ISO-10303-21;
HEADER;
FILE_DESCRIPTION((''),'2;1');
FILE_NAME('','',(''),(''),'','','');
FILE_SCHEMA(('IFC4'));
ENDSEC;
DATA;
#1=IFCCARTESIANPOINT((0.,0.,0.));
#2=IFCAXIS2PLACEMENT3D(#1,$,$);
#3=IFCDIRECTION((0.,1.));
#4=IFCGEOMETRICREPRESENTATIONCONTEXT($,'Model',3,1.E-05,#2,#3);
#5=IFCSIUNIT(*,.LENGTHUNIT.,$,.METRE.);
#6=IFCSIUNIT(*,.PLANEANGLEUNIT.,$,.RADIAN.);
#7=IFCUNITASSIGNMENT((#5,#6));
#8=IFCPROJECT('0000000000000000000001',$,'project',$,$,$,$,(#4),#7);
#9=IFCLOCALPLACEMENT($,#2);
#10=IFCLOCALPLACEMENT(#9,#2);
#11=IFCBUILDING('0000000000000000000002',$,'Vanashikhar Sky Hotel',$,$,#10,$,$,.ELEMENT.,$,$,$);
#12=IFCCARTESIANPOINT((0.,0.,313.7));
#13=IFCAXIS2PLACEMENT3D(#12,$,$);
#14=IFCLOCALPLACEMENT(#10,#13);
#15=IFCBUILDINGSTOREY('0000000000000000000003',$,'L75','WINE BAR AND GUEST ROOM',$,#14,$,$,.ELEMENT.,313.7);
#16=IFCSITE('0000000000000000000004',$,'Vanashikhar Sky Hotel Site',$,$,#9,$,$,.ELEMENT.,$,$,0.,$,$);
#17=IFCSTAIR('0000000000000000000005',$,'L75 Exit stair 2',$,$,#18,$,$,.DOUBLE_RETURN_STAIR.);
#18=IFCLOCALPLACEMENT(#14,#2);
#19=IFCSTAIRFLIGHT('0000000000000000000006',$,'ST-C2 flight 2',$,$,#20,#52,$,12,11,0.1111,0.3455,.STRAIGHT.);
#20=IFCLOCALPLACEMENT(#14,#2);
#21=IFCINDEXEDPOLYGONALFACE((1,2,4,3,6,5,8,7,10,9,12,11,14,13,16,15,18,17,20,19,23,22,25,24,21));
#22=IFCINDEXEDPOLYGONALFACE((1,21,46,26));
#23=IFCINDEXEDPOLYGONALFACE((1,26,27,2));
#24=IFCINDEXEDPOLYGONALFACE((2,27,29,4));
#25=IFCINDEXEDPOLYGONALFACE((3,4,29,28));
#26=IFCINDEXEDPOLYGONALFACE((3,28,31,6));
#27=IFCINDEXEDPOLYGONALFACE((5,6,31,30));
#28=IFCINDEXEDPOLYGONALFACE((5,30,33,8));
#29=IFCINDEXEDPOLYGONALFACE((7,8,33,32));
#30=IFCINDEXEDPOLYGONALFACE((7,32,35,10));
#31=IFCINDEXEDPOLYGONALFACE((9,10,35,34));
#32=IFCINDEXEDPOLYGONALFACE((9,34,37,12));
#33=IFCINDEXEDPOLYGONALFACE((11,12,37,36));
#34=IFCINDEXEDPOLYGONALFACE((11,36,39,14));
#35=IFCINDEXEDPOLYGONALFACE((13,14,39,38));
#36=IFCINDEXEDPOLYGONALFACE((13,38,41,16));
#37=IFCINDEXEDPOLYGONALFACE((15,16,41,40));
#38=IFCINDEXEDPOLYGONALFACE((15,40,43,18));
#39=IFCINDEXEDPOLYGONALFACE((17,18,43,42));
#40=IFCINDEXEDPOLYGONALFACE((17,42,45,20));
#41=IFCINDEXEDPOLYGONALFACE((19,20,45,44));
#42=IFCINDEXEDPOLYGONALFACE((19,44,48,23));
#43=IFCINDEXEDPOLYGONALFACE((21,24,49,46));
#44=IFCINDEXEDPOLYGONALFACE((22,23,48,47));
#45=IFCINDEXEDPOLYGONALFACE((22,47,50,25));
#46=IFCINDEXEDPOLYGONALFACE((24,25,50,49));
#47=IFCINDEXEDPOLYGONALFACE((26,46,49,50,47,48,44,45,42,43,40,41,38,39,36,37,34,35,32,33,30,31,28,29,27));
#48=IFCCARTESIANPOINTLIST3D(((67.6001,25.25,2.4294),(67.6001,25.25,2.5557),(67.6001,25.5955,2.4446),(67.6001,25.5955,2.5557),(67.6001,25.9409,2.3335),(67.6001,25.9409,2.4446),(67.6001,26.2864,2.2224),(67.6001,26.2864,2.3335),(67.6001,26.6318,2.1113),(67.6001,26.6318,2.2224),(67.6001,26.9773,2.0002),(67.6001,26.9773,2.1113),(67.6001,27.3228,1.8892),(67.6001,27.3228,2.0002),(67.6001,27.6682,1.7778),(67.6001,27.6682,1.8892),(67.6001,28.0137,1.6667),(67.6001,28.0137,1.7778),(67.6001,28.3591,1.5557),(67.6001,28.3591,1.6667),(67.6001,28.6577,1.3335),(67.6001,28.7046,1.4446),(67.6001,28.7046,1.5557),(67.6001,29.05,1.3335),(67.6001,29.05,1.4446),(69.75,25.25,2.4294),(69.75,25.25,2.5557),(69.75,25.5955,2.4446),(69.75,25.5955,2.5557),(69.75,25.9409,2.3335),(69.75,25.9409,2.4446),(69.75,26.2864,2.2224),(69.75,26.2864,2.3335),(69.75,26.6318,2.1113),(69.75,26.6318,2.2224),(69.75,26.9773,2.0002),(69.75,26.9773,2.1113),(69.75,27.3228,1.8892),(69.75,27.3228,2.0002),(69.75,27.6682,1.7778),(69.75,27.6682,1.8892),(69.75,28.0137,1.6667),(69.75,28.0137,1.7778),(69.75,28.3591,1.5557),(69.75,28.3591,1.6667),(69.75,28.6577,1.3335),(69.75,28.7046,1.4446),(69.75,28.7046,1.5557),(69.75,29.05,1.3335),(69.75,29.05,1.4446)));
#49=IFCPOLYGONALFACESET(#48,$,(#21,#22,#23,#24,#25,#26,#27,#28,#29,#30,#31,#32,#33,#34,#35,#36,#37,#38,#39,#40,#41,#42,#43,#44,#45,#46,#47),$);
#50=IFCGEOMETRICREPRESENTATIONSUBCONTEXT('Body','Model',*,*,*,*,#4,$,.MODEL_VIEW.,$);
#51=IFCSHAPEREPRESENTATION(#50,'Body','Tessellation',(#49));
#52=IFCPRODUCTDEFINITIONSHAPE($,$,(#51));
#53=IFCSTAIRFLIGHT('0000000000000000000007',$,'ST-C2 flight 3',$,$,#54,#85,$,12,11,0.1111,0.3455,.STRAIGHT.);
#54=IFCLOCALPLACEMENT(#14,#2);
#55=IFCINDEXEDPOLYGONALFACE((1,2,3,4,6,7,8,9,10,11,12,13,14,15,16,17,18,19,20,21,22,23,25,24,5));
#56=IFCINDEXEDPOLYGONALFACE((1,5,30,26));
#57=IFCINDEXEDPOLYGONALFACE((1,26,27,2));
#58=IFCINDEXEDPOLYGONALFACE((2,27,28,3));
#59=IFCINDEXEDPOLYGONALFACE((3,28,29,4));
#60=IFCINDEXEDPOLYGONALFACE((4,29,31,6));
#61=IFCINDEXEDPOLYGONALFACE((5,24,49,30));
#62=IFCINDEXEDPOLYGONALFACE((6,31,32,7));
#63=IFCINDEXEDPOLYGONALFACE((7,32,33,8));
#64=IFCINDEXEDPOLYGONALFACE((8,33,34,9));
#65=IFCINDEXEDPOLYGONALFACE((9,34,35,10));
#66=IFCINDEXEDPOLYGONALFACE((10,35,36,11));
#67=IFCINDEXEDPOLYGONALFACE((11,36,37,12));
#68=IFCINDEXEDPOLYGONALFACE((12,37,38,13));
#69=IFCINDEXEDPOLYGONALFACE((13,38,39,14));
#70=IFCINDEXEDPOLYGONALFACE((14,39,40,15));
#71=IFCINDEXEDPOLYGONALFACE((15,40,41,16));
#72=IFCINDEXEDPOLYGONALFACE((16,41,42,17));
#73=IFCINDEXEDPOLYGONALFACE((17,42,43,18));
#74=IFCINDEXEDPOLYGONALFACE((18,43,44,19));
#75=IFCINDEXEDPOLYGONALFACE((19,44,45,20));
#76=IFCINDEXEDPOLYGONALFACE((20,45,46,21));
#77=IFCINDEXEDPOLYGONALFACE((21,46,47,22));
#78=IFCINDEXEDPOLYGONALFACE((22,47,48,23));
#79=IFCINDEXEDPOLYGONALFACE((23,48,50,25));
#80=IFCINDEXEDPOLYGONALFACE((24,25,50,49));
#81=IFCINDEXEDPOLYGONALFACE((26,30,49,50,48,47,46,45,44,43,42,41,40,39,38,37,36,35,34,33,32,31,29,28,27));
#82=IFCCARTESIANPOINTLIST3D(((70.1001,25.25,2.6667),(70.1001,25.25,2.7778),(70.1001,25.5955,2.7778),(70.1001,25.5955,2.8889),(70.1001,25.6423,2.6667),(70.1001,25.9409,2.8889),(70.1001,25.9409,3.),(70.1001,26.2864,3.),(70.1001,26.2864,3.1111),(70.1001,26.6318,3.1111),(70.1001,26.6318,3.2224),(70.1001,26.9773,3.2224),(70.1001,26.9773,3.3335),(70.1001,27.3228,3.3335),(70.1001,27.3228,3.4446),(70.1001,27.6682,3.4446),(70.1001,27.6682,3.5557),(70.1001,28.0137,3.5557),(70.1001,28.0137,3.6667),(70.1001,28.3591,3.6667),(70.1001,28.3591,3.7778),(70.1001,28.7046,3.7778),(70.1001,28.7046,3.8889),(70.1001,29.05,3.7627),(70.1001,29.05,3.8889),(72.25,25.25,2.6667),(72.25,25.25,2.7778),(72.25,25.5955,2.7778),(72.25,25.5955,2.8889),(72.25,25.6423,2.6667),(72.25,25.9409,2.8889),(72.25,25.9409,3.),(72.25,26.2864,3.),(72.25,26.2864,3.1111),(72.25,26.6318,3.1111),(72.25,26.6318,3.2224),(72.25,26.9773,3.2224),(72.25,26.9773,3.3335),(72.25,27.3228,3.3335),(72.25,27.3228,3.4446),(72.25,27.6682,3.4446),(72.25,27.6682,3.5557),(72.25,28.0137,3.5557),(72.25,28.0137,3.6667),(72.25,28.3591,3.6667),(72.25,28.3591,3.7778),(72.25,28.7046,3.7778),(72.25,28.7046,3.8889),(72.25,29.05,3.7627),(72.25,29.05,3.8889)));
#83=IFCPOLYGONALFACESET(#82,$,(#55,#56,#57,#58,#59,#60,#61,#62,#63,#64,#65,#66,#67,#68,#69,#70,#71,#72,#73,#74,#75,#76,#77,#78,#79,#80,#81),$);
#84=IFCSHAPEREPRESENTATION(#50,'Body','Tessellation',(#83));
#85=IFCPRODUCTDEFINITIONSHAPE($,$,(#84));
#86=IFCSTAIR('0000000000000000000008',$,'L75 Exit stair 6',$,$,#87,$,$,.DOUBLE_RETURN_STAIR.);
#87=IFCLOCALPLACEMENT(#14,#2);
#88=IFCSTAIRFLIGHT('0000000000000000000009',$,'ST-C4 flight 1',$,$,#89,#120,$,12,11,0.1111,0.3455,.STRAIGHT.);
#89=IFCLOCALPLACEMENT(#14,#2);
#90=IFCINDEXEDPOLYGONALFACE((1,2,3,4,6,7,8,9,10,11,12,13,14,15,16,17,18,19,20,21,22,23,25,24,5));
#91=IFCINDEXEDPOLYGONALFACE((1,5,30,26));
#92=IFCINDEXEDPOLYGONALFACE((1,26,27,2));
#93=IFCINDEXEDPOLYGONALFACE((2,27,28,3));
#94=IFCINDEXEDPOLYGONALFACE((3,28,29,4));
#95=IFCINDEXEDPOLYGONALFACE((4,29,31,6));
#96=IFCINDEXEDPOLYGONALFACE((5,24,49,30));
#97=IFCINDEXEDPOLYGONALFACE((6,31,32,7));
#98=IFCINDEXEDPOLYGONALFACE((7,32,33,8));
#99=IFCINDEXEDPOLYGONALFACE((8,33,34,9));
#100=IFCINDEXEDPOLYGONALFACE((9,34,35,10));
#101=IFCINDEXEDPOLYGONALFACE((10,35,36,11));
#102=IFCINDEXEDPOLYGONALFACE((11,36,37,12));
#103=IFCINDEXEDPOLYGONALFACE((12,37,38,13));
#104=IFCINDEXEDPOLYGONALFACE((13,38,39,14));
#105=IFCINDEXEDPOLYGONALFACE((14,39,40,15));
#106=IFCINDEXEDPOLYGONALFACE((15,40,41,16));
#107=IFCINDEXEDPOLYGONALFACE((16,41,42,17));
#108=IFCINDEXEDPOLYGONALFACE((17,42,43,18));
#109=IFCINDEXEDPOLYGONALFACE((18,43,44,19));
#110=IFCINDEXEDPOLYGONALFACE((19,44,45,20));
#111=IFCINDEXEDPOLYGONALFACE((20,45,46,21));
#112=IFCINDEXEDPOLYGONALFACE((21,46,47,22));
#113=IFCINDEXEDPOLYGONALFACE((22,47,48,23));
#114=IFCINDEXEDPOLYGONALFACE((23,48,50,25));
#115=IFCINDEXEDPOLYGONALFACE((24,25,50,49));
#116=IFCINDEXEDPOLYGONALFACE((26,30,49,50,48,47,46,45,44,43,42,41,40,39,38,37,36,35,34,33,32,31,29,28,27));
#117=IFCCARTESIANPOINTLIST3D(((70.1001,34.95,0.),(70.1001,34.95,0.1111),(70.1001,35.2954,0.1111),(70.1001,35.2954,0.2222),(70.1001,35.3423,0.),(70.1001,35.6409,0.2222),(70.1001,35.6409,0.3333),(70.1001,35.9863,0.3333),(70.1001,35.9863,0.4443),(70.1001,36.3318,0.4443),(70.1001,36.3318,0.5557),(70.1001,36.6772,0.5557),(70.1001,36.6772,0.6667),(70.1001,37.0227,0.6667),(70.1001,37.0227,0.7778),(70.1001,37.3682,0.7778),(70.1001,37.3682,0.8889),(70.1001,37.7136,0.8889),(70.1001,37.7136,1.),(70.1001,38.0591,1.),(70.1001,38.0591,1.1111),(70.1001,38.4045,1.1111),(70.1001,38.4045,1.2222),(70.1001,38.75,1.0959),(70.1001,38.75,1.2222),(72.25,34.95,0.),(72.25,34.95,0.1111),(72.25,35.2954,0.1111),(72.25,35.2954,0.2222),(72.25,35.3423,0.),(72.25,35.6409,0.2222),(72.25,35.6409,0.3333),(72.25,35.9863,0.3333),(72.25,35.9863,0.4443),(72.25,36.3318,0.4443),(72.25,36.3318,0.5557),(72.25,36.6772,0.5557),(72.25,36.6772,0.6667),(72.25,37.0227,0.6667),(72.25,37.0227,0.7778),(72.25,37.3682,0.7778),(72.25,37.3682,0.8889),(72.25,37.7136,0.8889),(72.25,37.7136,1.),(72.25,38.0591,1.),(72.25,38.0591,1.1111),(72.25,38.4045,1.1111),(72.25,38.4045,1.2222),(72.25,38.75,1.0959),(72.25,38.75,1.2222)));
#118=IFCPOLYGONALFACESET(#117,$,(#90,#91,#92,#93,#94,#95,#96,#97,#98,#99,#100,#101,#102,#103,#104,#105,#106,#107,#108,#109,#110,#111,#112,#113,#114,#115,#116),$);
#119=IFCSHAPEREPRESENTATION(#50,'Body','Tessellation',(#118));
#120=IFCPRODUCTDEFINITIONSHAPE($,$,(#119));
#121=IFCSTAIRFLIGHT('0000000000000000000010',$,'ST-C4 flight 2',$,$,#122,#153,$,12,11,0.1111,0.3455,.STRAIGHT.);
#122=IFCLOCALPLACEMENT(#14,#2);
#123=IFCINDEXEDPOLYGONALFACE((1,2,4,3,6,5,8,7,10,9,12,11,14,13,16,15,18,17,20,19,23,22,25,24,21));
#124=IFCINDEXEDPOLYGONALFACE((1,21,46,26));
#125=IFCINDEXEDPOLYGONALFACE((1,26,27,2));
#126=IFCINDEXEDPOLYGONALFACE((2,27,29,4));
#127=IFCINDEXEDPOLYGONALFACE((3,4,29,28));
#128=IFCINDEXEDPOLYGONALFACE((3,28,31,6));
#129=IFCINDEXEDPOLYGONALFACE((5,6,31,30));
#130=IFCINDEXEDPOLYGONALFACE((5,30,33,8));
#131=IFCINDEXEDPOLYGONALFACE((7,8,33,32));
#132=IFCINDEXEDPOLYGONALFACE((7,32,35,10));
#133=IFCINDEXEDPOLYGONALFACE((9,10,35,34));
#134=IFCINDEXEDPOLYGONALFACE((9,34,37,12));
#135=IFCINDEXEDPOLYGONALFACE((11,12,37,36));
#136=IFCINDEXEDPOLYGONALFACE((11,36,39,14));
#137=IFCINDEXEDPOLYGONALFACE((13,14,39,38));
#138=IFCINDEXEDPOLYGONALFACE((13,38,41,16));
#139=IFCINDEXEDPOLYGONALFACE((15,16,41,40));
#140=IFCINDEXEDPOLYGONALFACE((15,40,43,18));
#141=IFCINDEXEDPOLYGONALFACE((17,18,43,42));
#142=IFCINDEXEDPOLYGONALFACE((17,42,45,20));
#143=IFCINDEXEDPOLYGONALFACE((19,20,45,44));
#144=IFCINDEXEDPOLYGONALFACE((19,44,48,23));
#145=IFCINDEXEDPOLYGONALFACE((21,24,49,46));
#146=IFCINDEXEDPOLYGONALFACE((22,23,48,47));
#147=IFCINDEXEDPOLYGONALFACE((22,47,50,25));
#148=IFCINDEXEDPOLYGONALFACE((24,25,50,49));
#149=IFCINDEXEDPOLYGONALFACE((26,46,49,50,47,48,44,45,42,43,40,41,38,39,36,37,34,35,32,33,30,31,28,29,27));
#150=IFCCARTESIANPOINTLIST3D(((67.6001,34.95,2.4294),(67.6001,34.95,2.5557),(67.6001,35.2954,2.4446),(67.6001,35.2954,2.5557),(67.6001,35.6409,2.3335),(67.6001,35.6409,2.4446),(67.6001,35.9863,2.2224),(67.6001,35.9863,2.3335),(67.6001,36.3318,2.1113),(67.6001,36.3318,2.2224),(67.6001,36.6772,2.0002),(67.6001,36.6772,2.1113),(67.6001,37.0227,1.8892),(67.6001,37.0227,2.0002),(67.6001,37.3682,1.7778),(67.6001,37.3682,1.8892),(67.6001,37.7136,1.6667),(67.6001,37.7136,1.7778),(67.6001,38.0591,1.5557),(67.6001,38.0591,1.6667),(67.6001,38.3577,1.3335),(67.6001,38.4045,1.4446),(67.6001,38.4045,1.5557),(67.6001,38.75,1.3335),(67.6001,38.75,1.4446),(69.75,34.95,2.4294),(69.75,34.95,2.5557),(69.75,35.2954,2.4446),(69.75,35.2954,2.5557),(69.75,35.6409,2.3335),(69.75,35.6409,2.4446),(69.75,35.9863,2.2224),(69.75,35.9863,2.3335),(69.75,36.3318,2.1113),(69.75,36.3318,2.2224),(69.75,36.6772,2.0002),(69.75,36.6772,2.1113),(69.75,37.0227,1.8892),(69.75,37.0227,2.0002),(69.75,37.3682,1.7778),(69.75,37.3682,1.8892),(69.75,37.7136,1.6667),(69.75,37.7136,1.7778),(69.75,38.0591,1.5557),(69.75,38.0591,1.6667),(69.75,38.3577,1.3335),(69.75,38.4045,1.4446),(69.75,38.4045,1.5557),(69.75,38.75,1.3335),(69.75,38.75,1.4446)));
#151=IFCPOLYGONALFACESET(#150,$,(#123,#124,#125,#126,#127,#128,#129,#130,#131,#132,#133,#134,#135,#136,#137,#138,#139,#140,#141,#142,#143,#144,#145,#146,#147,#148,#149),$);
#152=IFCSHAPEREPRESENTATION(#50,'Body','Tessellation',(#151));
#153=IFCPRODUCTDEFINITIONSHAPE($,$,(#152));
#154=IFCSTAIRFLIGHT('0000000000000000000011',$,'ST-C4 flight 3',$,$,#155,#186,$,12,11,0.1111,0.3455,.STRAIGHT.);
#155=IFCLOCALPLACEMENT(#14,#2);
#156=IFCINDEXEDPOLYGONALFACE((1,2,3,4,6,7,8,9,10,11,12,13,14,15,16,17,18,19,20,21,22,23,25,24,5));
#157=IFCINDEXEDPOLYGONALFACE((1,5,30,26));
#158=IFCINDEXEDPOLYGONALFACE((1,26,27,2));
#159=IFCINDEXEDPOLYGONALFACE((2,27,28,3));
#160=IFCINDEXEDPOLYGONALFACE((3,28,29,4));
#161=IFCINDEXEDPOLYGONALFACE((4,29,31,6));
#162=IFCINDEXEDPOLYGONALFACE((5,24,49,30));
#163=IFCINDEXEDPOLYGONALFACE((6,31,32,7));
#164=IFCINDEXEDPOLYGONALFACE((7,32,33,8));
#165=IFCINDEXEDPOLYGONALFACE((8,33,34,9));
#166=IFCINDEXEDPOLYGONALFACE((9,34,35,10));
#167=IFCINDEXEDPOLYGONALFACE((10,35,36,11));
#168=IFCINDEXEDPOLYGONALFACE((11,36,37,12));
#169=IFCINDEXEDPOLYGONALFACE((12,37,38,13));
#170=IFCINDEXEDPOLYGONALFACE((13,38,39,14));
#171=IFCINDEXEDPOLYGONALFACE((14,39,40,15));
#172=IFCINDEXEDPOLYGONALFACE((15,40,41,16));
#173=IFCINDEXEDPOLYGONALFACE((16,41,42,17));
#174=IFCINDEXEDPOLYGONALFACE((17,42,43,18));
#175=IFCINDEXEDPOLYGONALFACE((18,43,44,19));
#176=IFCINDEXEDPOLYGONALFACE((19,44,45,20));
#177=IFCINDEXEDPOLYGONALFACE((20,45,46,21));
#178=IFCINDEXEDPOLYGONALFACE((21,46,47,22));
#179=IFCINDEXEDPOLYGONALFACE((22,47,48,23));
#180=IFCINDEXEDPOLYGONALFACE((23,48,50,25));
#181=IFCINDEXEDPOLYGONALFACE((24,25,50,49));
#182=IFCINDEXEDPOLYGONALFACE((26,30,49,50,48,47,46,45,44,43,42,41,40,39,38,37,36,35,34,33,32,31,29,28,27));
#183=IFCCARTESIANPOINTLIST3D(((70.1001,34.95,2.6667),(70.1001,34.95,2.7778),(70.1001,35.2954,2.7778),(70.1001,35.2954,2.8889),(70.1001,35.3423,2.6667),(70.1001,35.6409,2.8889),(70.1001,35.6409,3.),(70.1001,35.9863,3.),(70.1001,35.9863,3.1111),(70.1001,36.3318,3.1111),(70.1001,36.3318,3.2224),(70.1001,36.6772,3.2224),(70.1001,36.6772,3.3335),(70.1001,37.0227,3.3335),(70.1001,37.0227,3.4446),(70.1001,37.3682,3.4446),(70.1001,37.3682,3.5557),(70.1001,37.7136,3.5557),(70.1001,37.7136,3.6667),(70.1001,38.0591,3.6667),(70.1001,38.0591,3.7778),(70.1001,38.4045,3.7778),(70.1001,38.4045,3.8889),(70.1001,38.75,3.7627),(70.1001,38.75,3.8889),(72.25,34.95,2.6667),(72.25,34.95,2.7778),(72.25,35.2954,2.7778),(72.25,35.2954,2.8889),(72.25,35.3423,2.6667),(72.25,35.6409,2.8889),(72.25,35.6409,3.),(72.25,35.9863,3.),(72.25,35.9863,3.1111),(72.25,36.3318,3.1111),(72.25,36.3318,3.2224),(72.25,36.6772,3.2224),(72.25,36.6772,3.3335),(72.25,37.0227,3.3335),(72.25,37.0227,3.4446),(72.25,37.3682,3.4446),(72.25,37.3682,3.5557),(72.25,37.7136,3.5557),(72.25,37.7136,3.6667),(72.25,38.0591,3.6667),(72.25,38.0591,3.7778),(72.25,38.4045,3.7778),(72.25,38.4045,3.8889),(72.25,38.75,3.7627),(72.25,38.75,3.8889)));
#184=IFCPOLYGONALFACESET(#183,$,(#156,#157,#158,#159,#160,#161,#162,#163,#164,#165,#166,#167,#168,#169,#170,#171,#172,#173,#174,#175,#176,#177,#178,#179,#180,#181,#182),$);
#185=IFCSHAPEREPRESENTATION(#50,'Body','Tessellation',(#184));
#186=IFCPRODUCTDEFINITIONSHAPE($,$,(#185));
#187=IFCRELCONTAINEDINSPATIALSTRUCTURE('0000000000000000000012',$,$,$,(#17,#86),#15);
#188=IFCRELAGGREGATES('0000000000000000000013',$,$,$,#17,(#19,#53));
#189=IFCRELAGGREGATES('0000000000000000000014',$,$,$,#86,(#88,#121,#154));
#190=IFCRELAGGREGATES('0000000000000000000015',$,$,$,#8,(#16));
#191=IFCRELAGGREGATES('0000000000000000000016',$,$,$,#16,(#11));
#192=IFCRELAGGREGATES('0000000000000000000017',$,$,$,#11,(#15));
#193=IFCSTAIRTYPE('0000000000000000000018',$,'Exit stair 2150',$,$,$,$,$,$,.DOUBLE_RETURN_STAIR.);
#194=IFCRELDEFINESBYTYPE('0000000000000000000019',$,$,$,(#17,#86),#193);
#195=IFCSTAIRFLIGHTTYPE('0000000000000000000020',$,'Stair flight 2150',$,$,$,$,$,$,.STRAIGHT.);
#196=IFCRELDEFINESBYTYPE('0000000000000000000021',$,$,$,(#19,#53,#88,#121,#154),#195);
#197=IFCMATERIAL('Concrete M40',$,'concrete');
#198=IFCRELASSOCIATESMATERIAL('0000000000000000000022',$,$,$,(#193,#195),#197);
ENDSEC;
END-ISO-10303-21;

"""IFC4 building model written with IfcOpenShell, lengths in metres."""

from ifc_helpers import new_model, si_unit, direction, frame, origin, place, context, subcontext, project, spatial, polyline, outline, extrude, source, transform, mapped, material, type_object, element, aggregate, save


model = new_model("IFC4")

# Units and contexts
model_context = context("Model", 3, precision=1e-05, world=origin(), true_north=direction((0.0, 1.0)))
body_context = subcontext(model_context, "Body", "Model", "MODEL_VIEW")
ifc_project = project(units=[si_unit("LENGTHUNIT", "METRE"), si_unit("PLANEANGLEUNIT", "RADIAN")], contexts=[model_context])

# Site, building, storey
site_placement = place(None, origin())
site = spatial("IfcSite", under=ifc_project, at=site_placement, Name="Vanashikhar Sky Hotel Site", CompositionType="ELEMENT", RefElevation=0.0)
building_placement = place(site_placement, origin())
building = spatial("IfcBuilding", under=site, at=building_placement, Name="Vanashikhar Sky Hotel", CompositionType="ELEMENT")
storey_placement = place(building_placement, frame((0.0, 0.0, 313.7)))
storey = spatial("IfcBuildingStorey", under=building, at=storey_placement, Name="L75", Description="WINE BAR AND GUEST ROOM", CompositionType="ELEMENT", Elevation=313.7)

# Stairs, stair flights
ifc_material_1 = material(Name="Concrete M40", Category="concrete")
stair_type = type_object("IfcStairType", Name="Exit stair 2150", PredefinedType="DOUBLE_RETURN_STAIR", material=ifc_material_1)
stair_1_placement = place(storey_placement, origin())
stair_1 = element("IfcStair", 1, at=stair_1_placement, inside=storey, type_object=stair_type, Name="L75 Exit stair 2", PredefinedType="DOUBLE_RETURN_STAIR")
stair_flight_type = type_object("IfcStairFlightType", Name="Stair flight 2150", PredefinedType="STRAIGHT", material=ifc_material_1)
shared_shape_1 = source(origin(), body_context, "Body", "SweptSolid", [
    extrude(outline(polyline([(0.0, 0.0), (0.0, 0.1111), (0.3455, 0.1111), (0.3455, 0.2222), (0.6909, 0.2222), (0.6909, 0.3333), (1.0364, 0.3333), (1.0364, 0.4443), (1.3818, 0.4443), (1.3818, 0.5557), (1.7273, 0.5557), (1.7273, 0.6667), (2.0728, 0.6667), (2.0728, 0.7778), (2.4182, 0.7778), (2.4182, 0.8889), (2.7637, 0.8889), (2.7637, 1.0), (3.1091, 1.0), (3.1091, 1.1111), (3.4546, 1.1111), (3.4546, 1.2222), (3.8, 1.2222), (3.8, 1.3333), (3.8, 1.0959), (0.3923, 0.0), (0.0, 0.0)])), frame((0.0, 1.075, 0.0), z_axis=(0.0, -1.0, 0.0), x_axis=(1.0, 0.0, 0.0)), (0.0, 0.0, 1.0), 2.1499),
])
stair_flight_1_placement = place(storey_placement, frame((68.675, 29.05, 1.3335), z_axis=(0.0, 0.0, 1.0), x_axis=(0.0, -1.0, 0.0)))
stair_flight_1 = element("IfcStairFlight", 2, at=stair_flight_1_placement, type_object=stair_flight_type, Name="ST-C2 flight 2", NumberOfRisers=12, NumberOfTreads=11, PredefinedType="STRAIGHT", RiserHeight=0.1111, TreadLength=0.3455, context=body_context, shape_type="MappedRepresentation", body=[
    mapped(shared_shape_1, transform((0.0, 0.0, 0.0), scale=1.0)),
])
stair_flight_2_placement = place(storey_placement, frame((71.175, 25.25, 2.6667), z_axis=(0.0, 0.0, 1.0), x_axis=(0.0, 1.0, 0.0)))
stair_flight_2 = element("IfcStairFlight", 3, at=stair_flight_2_placement, type_object=stair_flight_type, Name="ST-C2 flight 3", NumberOfRisers=12, NumberOfTreads=11, PredefinedType="STRAIGHT", RiserHeight=0.1111, TreadLength=0.3455, context=body_context, shape_type="MappedRepresentation", body=[
    mapped(shared_shape_1, transform((0.0, 0.0, 0.0), scale=1.0)),
])
aggregate(stair_1, [stair_flight_1, stair_flight_2])
stair_2_placement = place(storey_placement, origin())
stair_2 = element("IfcStair", 4, at=stair_2_placement, inside=storey, type_object=stair_type, Name="L75 Exit stair 6", PredefinedType="DOUBLE_RETURN_STAIR")
stair_flight_3_placement = place(storey_placement, frame((71.175, 34.95, 0.0), z_axis=(0.0, 0.0, 1.0), x_axis=(0.0, 1.0, 0.0)))
stair_flight_3 = element("IfcStairFlight", 5, at=stair_flight_3_placement, type_object=stair_flight_type, Name="ST-C4 flight 1", NumberOfRisers=12, NumberOfTreads=11, PredefinedType="STRAIGHT", RiserHeight=0.1111, TreadLength=0.3455, context=body_context, shape_type="MappedRepresentation", body=[
    mapped(shared_shape_1, transform((0.0, 0.0, 0.0), scale=1.0)),
])
stair_flight_4_placement = place(storey_placement, frame((68.675, 38.75, 1.3335), z_axis=(0.0, 0.0, 1.0), x_axis=(0.0, -1.0, 0.0)))
stair_flight_4 = element("IfcStairFlight", 6, at=stair_flight_4_placement, type_object=stair_flight_type, Name="ST-C4 flight 2", NumberOfRisers=12, NumberOfTreads=11, PredefinedType="STRAIGHT", RiserHeight=0.1111, TreadLength=0.3455, context=body_context, shape_type="MappedRepresentation", body=[
    mapped(shared_shape_1, transform((0.0, 0.0, 0.0), scale=1.0)),
])
stair_flight_5_placement = place(storey_placement, frame((71.175, 34.95, 2.6667), z_axis=(0.0, 0.0, 1.0), x_axis=(0.0, 1.0, 0.0)))
stair_flight_5 = element("IfcStairFlight", 7, at=stair_flight_5_placement, type_object=stair_flight_type, Name="ST-C4 flight 3", NumberOfRisers=12, NumberOfTreads=11, PredefinedType="STRAIGHT", RiserHeight=0.1111, TreadLength=0.3455, context=body_context, shape_type="MappedRepresentation", body=[
    mapped(shared_shape_1, transform((0.0, 0.0, 0.0), scale=1.0)),
])
aggregate(stair_2, [stair_flight_3, stair_flight_4, stair_flight_5])

save(model, "model.ifc")
